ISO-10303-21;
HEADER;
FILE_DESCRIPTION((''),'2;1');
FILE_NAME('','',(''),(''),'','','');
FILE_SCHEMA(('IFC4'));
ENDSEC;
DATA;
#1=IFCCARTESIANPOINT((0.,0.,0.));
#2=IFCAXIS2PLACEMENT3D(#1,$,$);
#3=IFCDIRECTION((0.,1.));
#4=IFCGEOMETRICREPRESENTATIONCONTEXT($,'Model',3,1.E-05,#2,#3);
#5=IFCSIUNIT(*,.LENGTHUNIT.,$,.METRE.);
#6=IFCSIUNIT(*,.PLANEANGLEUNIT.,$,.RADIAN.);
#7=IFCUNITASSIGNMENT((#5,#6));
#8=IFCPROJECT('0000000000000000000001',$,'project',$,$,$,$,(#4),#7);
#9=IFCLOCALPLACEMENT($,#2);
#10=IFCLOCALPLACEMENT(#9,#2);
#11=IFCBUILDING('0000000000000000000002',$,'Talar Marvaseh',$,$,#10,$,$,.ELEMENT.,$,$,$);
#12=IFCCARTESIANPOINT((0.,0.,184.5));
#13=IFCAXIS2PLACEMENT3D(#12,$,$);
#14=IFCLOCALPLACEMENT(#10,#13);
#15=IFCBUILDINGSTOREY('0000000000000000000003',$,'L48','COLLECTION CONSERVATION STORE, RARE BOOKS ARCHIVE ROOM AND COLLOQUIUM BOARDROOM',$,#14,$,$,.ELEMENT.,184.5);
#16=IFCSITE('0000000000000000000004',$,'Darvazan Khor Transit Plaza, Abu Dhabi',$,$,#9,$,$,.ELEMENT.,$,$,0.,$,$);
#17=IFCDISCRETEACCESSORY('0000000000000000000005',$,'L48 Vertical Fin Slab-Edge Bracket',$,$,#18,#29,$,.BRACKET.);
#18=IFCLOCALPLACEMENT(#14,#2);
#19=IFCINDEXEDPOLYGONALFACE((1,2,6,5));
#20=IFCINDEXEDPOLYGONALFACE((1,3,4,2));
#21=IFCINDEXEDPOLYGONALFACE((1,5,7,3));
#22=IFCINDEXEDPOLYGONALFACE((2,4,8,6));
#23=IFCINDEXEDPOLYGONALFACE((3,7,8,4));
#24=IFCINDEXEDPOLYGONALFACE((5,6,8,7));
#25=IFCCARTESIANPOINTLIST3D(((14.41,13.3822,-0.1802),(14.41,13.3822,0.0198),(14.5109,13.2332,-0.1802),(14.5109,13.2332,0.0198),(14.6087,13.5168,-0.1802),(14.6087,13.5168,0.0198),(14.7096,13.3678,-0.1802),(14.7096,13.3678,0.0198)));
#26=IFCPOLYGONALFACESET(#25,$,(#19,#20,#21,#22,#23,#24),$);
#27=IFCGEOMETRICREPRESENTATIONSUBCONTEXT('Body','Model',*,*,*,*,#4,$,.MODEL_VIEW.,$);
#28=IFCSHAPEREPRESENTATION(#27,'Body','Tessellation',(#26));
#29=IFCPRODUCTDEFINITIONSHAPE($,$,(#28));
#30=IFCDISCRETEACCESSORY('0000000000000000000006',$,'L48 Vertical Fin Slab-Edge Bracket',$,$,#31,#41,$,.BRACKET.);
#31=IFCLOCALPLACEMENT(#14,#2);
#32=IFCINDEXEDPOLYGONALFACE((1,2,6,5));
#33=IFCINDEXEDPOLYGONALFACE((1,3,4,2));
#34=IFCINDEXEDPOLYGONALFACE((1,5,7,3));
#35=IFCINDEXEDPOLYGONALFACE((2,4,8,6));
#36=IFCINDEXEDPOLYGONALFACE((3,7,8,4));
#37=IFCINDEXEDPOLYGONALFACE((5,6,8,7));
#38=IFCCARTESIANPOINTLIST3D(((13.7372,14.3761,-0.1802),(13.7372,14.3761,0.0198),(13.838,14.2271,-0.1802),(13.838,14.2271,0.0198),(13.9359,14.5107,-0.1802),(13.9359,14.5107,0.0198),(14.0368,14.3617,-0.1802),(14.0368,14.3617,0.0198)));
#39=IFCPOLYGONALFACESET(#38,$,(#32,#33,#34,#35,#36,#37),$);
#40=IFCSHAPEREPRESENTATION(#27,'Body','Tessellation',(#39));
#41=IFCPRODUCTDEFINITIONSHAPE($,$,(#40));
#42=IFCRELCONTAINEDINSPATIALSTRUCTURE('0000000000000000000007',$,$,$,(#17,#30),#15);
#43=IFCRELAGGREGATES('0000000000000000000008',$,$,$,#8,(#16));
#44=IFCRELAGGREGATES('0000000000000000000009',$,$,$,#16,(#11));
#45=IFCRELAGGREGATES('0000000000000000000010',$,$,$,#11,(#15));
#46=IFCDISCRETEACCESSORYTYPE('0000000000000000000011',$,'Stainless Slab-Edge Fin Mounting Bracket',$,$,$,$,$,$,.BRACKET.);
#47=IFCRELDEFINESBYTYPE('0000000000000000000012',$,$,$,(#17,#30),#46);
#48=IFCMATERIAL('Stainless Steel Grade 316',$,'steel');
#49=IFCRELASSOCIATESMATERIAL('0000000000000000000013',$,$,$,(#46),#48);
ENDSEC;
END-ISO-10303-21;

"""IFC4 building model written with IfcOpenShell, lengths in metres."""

from ifc_helpers import new_model, si_unit, direction, frame, origin, origin_2d, place, context, subcontext, project, spatial, rectangle, extrude, source, transform, mapped, material, type_object, type_shapes, element, save


model = new_model("IFC4")

# Units and contexts
model_context = context("Model", 3, precision=1e-05, world=origin(), true_north=direction((0.0, 1.0)))
body_context = subcontext(model_context, "Body", "Model", "MODEL_VIEW")
ifc_project = project(units=[si_unit("LENGTHUNIT", "METRE"), si_unit("PLANEANGLEUNIT", "RADIAN")], contexts=[model_context])

# Site, building, storey
site_placement = place(None, origin())
site = spatial("IfcSite", under=ifc_project, at=site_placement, Name="Darvazan Khor Transit Plaza, Abu Dhabi", CompositionType="ELEMENT", RefElevation=0.0)
building_placement = place(site_placement, origin())
building = spatial("IfcBuilding", under=site, at=building_placement, Name="Talar Marvaseh", CompositionType="ELEMENT")
storey_placement = place(building_placement, frame((0.0, 0.0, 184.5)))
storey = spatial("IfcBuildingStorey", under=building, at=storey_placement, Name="L48", Description="COLLECTION CONSERVATION STORE, RARE BOOKS ARCHIVE ROOM AND COLLOQUIUM BOARDROOM", CompositionType="ELEMENT", Elevation=184.5)

# Discrete accessories
ifc_material_1 = material(Name="Stainless Steel Grade 316", Category="steel")
discrete_accessory_type = type_object("IfcDiscreteAccessoryType", Name="Stainless Slab-Edge Fin Mounting Bracket", PredefinedType="BRACKET", material=ifc_material_1)
shared_shape_1 = source(origin(), body_context, "Body", "SweptSolid", [
    extrude(rectangle(XDim=0.24, YDim=0.1799, at=origin_2d()), origin(), (0.0, 0.0, 1.0), 0.2),
])
type_shapes(discrete_accessory_type, [shared_shape_1])
for number, where, z_axis, x_axis, name in (
    (1, (14.5598, 13.375, -0.1802), (0.0, 0.0, 1.0), (-0.82806, -0.560639, 0.0), "L48 Vertical Fin Slab-Edge Bracket"),
    (2, (13.887, 14.3689, -0.1802), (0.0, 0.0, 1.0), (-0.82806, -0.560639, 0.0), "L48 Vertical Fin Slab-Edge Bracket"),
):
    element("IfcDiscreteAccessory", number, at=place(storey_placement, frame(where, z_axis=z_axis, x_axis=x_axis)), inside=storey, type_object=discrete_accessory_type, Name=name, PredefinedType="BRACKET", context=body_context, shape_type="MappedRepresentation", body=[
        mapped(shared_shape_1, transform((0.0, 0.0, 0.0), x_axis=(1.0, 0.0, 0.0), y_axis=(0.0, 1.0, 0.0), z_axis=(0.0, 0.0, 1.0), scale=1.0)),
    ])

save(model, "model.ifc")
